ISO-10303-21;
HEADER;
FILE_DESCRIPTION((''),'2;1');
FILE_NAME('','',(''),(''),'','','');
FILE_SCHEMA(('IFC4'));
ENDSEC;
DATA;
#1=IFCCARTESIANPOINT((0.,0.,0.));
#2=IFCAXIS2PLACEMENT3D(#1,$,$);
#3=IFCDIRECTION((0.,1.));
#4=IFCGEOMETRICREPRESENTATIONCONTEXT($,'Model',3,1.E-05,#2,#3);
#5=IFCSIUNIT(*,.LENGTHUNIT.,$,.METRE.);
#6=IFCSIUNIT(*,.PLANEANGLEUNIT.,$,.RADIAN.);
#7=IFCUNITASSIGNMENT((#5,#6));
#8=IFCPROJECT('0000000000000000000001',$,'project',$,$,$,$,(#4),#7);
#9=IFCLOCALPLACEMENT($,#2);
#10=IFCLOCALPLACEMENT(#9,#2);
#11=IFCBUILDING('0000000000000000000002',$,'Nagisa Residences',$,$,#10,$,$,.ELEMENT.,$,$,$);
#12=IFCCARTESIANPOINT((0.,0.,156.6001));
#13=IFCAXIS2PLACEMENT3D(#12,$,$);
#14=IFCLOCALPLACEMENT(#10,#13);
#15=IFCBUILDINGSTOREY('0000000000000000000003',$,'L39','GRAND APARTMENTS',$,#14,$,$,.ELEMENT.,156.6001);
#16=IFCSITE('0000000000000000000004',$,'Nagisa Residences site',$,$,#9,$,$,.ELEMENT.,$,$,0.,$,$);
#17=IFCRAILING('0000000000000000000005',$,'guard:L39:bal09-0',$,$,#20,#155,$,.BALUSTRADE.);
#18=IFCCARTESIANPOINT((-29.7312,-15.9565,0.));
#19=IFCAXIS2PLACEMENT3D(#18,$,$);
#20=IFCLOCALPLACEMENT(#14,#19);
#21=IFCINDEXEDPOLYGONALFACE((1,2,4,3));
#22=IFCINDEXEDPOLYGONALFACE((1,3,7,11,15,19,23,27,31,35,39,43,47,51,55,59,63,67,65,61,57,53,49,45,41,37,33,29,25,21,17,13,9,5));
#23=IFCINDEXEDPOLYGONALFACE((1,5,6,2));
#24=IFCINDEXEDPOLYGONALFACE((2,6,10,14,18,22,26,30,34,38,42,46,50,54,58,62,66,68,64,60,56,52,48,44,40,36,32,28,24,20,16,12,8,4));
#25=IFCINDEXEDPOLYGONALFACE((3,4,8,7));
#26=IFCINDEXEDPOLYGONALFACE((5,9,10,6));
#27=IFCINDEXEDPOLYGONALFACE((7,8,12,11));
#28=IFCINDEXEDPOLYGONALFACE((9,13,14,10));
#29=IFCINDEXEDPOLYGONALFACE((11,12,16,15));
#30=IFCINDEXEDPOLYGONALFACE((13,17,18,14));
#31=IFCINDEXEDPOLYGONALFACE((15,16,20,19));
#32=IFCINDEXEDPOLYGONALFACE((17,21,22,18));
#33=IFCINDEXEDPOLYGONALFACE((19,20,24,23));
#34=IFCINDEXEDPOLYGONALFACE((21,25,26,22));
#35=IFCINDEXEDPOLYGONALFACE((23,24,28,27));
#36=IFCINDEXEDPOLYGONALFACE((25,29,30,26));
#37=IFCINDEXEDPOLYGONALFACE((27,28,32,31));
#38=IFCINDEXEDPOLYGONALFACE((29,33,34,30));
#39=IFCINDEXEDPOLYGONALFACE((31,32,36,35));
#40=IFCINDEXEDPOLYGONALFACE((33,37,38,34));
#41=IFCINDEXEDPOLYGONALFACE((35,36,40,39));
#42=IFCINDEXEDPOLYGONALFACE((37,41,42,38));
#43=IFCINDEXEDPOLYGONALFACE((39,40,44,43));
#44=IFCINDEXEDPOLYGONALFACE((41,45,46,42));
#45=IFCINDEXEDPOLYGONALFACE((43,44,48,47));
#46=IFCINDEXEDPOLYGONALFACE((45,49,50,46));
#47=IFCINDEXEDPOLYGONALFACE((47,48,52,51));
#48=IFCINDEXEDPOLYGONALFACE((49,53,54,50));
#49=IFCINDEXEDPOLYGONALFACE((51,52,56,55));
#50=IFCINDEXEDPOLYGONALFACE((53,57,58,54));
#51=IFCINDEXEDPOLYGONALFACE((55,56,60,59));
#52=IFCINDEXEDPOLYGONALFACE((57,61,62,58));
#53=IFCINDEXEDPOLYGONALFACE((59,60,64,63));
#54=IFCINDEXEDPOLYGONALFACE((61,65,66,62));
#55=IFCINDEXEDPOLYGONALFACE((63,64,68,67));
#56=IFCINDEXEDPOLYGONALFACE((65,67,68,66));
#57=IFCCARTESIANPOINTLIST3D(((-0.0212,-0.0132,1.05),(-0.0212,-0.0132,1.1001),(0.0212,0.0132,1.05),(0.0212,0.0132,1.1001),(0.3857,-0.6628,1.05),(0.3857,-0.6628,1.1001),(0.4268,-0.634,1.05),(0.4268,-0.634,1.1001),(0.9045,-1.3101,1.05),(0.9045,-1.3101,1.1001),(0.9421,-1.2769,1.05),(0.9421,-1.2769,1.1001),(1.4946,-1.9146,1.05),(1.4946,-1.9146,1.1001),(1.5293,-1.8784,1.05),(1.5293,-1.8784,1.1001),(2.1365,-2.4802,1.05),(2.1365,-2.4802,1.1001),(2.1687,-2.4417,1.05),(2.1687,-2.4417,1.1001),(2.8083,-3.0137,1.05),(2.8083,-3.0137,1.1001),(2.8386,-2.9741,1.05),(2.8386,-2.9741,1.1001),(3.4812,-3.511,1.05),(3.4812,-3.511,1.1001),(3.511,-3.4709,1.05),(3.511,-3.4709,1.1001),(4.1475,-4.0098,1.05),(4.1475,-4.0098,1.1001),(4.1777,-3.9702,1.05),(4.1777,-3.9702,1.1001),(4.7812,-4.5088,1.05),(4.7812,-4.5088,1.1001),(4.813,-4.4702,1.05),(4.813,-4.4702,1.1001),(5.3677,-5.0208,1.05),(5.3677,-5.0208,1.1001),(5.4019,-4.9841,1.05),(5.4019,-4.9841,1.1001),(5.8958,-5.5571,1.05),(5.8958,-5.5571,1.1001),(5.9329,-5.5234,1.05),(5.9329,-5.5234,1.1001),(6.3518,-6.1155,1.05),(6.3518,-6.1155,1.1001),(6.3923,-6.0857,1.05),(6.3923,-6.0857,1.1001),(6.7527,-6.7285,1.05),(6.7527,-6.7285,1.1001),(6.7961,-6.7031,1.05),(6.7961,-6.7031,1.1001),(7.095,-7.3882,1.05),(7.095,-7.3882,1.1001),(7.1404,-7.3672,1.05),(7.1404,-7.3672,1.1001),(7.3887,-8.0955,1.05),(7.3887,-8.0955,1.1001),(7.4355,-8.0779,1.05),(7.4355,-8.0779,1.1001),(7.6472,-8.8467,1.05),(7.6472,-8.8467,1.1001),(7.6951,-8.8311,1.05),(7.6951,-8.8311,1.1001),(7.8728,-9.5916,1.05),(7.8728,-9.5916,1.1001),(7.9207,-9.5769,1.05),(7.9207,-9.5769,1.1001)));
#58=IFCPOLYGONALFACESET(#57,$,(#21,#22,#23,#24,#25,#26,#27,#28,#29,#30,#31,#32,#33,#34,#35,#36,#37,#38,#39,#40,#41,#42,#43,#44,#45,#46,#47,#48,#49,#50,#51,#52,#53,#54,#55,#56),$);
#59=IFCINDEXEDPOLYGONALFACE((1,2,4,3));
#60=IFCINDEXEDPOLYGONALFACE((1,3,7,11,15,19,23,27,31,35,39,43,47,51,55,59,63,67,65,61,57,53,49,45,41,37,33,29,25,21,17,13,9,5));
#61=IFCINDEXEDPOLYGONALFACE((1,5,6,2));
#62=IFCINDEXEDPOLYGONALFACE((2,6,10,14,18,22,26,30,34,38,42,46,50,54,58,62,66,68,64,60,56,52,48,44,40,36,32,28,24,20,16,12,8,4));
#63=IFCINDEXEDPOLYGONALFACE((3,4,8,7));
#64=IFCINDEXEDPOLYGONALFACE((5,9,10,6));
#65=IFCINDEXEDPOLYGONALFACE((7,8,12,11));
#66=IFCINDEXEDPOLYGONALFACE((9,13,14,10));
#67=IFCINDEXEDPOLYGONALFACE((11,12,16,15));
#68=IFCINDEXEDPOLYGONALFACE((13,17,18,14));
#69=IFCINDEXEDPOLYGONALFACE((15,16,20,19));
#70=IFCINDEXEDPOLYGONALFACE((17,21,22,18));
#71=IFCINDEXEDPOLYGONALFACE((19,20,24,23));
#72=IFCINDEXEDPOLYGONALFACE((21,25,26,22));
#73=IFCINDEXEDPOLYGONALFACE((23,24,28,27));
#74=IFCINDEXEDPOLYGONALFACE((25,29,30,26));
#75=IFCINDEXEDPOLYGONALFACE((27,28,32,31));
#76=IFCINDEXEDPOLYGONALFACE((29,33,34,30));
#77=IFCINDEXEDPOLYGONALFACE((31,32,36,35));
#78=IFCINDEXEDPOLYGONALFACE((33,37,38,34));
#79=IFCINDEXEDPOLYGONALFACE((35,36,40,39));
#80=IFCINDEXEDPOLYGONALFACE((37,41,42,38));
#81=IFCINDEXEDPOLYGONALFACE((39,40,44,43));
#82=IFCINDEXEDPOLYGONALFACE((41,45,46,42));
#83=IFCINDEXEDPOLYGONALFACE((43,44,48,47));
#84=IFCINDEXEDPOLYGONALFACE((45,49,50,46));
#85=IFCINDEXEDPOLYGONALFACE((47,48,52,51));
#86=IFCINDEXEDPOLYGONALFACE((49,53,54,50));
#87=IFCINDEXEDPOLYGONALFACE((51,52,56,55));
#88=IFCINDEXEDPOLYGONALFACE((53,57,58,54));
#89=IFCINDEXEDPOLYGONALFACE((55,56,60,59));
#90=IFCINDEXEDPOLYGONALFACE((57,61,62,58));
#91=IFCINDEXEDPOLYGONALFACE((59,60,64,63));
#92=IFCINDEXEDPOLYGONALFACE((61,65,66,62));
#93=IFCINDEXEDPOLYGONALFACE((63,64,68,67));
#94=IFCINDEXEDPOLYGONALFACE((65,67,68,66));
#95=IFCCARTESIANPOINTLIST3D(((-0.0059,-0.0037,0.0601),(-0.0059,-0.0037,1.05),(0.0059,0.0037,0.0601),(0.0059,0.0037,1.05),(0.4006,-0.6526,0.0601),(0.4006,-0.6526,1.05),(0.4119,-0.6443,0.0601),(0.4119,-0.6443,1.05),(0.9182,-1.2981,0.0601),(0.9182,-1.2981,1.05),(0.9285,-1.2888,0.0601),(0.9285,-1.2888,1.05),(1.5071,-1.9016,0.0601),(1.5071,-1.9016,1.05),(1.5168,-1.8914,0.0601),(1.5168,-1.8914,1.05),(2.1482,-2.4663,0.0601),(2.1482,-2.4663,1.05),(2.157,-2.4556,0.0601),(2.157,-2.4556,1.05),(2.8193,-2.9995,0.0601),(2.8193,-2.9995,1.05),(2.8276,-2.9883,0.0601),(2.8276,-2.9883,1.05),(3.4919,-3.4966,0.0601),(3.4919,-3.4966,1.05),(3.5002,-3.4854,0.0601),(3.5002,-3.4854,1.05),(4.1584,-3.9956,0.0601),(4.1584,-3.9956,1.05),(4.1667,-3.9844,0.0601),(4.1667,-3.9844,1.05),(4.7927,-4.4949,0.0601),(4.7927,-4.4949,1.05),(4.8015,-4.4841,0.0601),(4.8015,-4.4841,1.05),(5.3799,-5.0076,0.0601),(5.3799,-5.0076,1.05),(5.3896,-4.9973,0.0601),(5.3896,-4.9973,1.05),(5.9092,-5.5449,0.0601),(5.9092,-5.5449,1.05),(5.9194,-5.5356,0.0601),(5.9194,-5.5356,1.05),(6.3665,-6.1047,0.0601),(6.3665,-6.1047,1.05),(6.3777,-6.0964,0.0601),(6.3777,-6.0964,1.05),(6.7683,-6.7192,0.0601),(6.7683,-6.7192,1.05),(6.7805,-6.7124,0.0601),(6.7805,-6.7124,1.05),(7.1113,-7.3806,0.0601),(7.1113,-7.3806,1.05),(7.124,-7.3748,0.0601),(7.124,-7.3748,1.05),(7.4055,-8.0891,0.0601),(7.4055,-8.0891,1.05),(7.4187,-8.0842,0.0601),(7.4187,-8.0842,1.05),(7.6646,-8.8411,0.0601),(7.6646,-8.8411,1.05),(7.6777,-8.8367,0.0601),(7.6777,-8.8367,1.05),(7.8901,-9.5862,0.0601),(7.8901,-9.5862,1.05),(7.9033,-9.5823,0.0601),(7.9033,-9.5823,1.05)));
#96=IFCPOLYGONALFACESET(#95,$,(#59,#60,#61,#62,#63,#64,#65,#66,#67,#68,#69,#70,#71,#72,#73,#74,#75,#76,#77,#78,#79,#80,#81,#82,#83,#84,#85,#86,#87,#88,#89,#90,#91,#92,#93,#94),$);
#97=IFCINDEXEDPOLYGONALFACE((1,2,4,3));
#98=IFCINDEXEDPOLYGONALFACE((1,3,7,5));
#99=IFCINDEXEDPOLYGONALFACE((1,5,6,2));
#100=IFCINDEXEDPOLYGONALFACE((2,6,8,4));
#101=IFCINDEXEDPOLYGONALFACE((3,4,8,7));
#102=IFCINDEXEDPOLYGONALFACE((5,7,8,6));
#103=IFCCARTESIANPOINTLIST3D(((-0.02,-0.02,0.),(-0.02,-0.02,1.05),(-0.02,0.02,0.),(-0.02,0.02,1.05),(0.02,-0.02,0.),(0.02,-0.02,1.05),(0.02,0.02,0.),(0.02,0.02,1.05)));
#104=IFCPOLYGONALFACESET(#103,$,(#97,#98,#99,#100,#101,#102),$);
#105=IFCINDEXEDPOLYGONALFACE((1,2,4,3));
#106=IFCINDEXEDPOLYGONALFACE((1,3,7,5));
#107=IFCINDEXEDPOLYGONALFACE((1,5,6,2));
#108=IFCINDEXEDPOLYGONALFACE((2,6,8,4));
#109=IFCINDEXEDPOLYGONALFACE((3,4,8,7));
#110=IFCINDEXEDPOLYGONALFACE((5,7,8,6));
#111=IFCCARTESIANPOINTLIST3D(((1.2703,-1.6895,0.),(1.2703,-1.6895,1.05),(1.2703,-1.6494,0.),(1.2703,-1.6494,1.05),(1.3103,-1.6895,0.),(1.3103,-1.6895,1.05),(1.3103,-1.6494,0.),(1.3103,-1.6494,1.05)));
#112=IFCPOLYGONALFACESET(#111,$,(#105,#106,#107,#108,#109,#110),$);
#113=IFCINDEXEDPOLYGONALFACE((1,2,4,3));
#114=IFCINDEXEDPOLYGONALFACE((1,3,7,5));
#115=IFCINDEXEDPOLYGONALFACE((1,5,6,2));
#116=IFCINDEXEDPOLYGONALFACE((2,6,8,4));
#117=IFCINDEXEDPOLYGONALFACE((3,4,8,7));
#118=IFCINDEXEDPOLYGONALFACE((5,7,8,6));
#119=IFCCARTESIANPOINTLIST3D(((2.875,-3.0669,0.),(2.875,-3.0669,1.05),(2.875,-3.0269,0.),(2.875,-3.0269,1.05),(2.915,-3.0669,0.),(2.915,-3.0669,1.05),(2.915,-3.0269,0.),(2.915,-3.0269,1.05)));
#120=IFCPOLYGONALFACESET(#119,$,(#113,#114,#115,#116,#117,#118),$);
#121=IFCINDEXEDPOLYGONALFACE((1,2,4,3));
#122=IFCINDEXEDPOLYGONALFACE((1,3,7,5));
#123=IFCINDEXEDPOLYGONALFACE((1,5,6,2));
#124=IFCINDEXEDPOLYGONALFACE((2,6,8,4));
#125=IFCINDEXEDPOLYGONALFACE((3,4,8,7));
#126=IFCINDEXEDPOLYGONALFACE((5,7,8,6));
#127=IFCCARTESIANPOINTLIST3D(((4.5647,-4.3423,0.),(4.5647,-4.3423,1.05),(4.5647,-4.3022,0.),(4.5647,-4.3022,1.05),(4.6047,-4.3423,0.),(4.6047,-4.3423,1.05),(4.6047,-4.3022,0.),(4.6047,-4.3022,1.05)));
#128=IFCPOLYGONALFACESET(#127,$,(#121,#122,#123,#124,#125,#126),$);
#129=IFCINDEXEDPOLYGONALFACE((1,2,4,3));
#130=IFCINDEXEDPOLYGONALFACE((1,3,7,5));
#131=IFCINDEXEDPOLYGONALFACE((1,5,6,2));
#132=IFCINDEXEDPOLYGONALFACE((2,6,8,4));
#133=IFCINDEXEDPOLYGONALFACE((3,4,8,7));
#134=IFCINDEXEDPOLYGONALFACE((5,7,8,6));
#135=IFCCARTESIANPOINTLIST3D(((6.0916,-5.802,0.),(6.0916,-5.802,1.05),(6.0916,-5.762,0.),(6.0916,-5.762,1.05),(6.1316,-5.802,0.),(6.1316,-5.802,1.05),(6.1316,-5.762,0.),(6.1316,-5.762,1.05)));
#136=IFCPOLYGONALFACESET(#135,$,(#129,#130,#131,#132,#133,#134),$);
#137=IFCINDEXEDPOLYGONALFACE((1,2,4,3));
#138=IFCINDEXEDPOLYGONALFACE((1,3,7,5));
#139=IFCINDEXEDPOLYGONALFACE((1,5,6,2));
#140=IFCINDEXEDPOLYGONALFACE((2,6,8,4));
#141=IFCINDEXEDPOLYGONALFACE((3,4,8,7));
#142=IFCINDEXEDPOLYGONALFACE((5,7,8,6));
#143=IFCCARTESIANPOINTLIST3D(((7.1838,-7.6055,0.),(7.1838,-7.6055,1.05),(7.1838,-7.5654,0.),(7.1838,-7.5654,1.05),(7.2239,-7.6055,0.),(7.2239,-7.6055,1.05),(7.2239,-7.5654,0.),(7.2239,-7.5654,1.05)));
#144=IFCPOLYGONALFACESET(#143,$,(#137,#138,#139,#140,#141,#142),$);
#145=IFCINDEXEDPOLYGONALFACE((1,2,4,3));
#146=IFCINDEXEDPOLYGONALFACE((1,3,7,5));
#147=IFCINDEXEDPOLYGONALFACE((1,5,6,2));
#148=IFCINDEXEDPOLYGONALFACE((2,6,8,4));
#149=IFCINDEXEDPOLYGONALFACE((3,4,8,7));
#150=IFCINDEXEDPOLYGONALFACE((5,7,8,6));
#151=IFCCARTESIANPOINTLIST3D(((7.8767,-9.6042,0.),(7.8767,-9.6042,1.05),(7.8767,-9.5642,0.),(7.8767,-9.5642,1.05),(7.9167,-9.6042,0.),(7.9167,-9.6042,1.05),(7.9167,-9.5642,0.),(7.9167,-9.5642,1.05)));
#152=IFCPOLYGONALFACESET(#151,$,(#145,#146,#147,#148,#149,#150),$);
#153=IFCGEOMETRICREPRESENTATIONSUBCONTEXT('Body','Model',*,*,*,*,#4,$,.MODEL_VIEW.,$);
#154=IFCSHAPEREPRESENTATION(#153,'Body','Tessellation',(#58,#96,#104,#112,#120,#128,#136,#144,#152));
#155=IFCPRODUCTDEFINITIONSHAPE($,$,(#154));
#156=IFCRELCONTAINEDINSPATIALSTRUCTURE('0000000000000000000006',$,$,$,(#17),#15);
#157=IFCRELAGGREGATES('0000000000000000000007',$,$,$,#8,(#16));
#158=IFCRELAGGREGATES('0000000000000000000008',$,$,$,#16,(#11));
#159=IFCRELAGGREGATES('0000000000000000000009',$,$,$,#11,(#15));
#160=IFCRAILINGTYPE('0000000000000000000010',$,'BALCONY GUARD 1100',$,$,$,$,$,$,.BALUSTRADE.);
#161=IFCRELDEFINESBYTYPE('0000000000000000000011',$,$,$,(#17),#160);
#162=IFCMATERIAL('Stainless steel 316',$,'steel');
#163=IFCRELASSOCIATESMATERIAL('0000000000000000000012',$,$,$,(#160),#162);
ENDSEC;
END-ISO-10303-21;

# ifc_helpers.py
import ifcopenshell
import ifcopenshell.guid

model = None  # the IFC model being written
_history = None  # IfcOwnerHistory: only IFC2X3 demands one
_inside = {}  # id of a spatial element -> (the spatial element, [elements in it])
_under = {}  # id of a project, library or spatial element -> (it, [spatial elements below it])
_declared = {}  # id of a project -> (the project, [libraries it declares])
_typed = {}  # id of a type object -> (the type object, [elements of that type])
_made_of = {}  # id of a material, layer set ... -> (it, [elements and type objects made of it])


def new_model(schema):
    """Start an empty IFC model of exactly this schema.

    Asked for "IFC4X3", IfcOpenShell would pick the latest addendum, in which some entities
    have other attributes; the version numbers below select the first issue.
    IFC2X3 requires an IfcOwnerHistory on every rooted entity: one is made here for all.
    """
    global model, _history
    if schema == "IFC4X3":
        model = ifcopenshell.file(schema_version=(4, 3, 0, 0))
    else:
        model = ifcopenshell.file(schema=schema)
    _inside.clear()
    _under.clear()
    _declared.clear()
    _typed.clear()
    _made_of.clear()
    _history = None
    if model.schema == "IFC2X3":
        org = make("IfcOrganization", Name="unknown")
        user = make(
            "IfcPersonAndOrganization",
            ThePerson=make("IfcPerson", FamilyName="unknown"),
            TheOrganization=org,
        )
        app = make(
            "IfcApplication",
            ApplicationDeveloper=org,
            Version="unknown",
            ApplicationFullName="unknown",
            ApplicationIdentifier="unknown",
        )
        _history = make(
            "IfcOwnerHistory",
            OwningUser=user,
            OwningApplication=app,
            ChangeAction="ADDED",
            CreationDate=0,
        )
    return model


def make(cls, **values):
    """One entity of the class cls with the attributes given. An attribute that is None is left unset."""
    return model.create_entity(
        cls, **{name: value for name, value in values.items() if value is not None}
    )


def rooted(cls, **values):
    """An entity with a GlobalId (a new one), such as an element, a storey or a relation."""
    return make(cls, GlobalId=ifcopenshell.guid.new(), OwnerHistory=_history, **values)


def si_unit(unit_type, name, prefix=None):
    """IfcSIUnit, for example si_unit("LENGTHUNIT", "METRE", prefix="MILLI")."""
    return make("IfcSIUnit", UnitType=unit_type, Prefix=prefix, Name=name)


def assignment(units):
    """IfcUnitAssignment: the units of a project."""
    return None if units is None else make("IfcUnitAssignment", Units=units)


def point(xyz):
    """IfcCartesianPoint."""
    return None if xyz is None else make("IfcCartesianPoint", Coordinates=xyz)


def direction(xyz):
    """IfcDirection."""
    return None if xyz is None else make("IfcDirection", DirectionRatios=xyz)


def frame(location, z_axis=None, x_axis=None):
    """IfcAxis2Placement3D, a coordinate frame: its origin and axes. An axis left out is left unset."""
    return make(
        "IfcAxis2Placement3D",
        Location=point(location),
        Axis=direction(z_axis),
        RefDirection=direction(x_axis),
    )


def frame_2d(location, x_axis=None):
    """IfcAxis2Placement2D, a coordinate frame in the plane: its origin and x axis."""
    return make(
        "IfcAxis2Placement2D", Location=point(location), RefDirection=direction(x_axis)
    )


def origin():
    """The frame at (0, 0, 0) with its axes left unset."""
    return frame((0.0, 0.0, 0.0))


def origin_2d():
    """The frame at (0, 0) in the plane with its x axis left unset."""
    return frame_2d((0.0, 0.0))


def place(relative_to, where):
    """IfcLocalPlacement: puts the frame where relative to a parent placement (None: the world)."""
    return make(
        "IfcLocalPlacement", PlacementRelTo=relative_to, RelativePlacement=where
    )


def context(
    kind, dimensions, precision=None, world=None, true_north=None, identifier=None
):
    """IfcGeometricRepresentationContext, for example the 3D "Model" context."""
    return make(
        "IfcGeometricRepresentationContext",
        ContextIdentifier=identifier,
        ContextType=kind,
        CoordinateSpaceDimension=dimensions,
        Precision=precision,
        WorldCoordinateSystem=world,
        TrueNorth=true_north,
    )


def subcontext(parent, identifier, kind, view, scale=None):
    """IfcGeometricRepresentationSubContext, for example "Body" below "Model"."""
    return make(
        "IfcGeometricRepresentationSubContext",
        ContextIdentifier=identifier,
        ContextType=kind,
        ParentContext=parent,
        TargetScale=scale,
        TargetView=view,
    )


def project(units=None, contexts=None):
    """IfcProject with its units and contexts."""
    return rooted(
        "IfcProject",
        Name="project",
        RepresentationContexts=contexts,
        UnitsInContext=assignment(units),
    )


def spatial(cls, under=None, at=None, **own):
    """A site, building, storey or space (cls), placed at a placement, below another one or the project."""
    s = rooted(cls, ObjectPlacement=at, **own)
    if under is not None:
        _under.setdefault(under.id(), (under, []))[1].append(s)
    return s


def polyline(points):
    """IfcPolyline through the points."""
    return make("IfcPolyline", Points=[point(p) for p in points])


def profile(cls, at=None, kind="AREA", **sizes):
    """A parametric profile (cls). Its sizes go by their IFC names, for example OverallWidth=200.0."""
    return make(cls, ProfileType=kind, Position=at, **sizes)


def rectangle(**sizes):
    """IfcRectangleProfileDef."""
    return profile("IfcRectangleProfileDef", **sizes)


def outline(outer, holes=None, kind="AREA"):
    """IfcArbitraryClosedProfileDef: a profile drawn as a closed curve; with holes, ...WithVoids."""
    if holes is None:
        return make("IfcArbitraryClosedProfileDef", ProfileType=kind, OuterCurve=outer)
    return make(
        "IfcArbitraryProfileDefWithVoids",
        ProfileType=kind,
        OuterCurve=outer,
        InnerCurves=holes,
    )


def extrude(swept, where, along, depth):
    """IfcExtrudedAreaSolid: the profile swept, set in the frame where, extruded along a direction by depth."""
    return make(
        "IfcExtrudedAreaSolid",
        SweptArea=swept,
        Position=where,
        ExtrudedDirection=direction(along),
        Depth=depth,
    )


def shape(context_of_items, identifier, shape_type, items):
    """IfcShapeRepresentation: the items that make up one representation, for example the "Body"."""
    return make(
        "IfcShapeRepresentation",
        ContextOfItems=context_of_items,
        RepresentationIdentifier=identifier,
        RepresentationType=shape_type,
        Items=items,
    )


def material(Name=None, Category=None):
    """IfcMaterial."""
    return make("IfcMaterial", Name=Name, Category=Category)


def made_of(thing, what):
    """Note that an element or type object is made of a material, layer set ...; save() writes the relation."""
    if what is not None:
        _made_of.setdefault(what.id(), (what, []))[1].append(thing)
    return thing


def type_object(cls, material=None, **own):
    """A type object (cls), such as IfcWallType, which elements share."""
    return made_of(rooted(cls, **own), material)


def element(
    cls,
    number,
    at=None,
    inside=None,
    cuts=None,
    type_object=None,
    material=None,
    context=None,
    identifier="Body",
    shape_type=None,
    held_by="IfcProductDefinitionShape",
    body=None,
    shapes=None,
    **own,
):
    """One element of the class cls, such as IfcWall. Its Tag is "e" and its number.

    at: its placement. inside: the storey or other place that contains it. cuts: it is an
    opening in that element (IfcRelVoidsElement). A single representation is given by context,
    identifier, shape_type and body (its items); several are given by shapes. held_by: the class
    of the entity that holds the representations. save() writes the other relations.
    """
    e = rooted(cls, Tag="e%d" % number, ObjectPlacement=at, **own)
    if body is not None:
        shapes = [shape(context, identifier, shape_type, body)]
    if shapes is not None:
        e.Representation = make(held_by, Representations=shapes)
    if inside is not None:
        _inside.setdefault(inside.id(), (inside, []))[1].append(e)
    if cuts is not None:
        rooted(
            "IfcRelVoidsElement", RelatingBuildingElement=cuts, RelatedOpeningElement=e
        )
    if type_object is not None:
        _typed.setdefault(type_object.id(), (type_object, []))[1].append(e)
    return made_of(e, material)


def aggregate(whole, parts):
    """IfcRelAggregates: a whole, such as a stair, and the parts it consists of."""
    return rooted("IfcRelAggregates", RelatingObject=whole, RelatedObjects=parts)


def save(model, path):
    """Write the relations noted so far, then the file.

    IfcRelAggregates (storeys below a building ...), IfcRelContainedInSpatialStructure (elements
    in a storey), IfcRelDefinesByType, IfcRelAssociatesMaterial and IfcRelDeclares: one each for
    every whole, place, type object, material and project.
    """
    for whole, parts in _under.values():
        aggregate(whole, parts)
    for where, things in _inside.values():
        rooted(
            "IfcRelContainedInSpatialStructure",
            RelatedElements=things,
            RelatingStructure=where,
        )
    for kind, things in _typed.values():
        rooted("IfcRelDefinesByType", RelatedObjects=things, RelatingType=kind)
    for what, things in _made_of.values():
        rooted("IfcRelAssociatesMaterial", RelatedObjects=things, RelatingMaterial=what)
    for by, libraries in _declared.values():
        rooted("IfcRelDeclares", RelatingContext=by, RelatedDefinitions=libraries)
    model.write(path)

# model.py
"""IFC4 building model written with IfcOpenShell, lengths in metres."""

from ifc_helpers import new_model, si_unit, direction, frame, origin, origin_2d, place, context, subcontext, project, spatial, polyline, rectangle, outline, extrude, material, type_object, element, save


model = new_model("IFC4")

# Units and contexts
model_context = context("Model", 3, precision=1e-05, world=origin(), true_north=direction((0.0, 1.0)))
body_context = subcontext(model_context, "Body", "Model", "MODEL_VIEW")
ifc_project = project(units=[si_unit("LENGTHUNIT", "METRE"), si_unit("PLANEANGLEUNIT", "RADIAN")], contexts=[model_context])

# Site, building, storey
site_placement = place(None, origin())
site = spatial("IfcSite", under=ifc_project, at=site_placement, Name="Nagisa Residences site", CompositionType="ELEMENT", RefElevation=0.0)
building_placement = place(site_placement, origin())
building = spatial("IfcBuilding", under=site, at=building_placement, Name="Nagisa Residences", CompositionType="ELEMENT")
storey_placement = place(building_placement, frame((0.0, 0.0, 156.6001)))
storey = spatial("IfcBuildingStorey", under=building, at=storey_placement, Name="L39", Description="GRAND APARTMENTS", CompositionType="ELEMENT", Elevation=156.6001)

# Railing
ifc_material_1 = material(Name="Stainless steel 316", Category="steel")
railing_type = type_object("IfcRailingType", Name="BALCONY GUARD 1100", PredefinedType="BALUSTRADE", material=ifc_material_1)
railing_1_placement = place(storey_placement, frame((-29.7312, -15.9565, 0.0)))
element("IfcRailing", 1, at=railing_1_placement, inside=storey, type_object=railing_type, Name="guard:L39:bal09-0", PredefinedType="BALUSTRADE", context=body_context, shape_type="SweptSolid", body=[
    extrude(outline(polyline([(0.4268, -0.634), (0.0212, 0.0132), (-0.0212, -0.0132), (0.3857, -0.6628), (0.9045, -1.3101), (1.4946, -1.9146), (2.1365, -2.4802), (2.8083, -3.0137), (3.4812, -3.511), (4.1475, -4.0098), (4.7812, -4.5088), (5.3677, -5.0208), (5.8958, -5.5571), (6.3518, -6.1155), (6.7527, -6.7285), (7.095, -7.3882), (7.3887, -8.0955), (7.6472, -8.8467), (7.8728, -9.5916), (7.9207, -9.5769), (7.6951, -8.8311), (7.4355, -8.0779), (7.1404, -7.3672), (6.7961, -6.7031), (6.3923, -6.0857), (5.9329, -5.5234), (5.4019, -4.9841), (4.813, -4.4702), (4.1777, -3.9702), (3.511, -3.4709), (2.8386, -2.9741), (2.1687, -2.4417), (1.5293, -1.8784), (0.9421, -1.2769), (0.4268, -0.634)])), frame((0.0, 0.0, 1.05)), (0.0, 0.0, 1.0), 0.05),
    extrude(outline(polyline([(0.4119, -0.6443), (0.0059, 0.0037), (-0.0059, -0.0037), (0.4006, -0.6526), (0.9182, -1.2981), (1.5071, -1.9016), (2.1482, -2.4663), (2.8193, -2.9995), (3.4919, -3.4966), (4.1584, -3.9956), (4.7927, -4.4949), (5.3799, -5.0076), (5.9092, -5.5449), (6.3665, -6.1047), (6.7683, -6.7192), (7.1113, -7.3806), (7.4055, -8.0891), (7.6646, -8.8411), (7.8901, -9.5862), (7.9033, -9.5823), (7.6777, -8.8367), (7.4187, -8.0842), (7.124, -7.3748), (6.7805, -6.7124), (6.3777, -6.0964), (5.9194, -5.5356), (5.3896, -4.9973), (4.8015, -4.4841), (4.1667, -3.9844), (3.5002, -3.4854), (2.8276, -2.9883), (2.157, -2.4556), (1.5168, -1.8914), (0.9285, -1.2888), (0.4119, -0.6443)])), frame((0.0, 0.0, 0.0601)), (0.0, 0.0, 1.0), 0.99),
    extrude(rectangle(XDim=0.04, YDim=0.04, at=origin_2d()), origin(), (0.0, 0.0, 1.0), 1.05),
    extrude(rectangle(XDim=0.04, YDim=0.04, at=origin_2d()), frame((1.2903, -1.6694, 0.0)), (0.0, 0.0, 1.0), 1.05),
    extrude(rectangle(XDim=0.04, YDim=0.04, at=origin_2d()), frame((2.895, -3.0469, 0.0)), (0.0, 0.0, 1.0), 1.05),
    extrude(rectangle(XDim=0.04, YDim=0.04, at=origin_2d()), frame((4.5847, -4.3223, 0.0)), (0.0, 0.0, 1.0), 1.05),
    extrude(rectangle(XDim=0.04, YDim=0.04, at=origin_2d()), frame((6.1116, -5.782, 0.0)), (0.0, 0.0, 1.0), 1.05),
    extrude(rectangle(XDim=0.04, YDim=0.04, at=origin_2d()), frame((7.2039, -7.5854, 0.0)), (0.0, 0.0, 1.0), 1.05),
    extrude(rectangle(XDim=0.04, YDim=0.04, at=origin_2d()), frame((7.8967, -9.5842, 0.0)), (0.0, 0.0, 1.0), 1.05),
])

save(model, "model.ifc")
